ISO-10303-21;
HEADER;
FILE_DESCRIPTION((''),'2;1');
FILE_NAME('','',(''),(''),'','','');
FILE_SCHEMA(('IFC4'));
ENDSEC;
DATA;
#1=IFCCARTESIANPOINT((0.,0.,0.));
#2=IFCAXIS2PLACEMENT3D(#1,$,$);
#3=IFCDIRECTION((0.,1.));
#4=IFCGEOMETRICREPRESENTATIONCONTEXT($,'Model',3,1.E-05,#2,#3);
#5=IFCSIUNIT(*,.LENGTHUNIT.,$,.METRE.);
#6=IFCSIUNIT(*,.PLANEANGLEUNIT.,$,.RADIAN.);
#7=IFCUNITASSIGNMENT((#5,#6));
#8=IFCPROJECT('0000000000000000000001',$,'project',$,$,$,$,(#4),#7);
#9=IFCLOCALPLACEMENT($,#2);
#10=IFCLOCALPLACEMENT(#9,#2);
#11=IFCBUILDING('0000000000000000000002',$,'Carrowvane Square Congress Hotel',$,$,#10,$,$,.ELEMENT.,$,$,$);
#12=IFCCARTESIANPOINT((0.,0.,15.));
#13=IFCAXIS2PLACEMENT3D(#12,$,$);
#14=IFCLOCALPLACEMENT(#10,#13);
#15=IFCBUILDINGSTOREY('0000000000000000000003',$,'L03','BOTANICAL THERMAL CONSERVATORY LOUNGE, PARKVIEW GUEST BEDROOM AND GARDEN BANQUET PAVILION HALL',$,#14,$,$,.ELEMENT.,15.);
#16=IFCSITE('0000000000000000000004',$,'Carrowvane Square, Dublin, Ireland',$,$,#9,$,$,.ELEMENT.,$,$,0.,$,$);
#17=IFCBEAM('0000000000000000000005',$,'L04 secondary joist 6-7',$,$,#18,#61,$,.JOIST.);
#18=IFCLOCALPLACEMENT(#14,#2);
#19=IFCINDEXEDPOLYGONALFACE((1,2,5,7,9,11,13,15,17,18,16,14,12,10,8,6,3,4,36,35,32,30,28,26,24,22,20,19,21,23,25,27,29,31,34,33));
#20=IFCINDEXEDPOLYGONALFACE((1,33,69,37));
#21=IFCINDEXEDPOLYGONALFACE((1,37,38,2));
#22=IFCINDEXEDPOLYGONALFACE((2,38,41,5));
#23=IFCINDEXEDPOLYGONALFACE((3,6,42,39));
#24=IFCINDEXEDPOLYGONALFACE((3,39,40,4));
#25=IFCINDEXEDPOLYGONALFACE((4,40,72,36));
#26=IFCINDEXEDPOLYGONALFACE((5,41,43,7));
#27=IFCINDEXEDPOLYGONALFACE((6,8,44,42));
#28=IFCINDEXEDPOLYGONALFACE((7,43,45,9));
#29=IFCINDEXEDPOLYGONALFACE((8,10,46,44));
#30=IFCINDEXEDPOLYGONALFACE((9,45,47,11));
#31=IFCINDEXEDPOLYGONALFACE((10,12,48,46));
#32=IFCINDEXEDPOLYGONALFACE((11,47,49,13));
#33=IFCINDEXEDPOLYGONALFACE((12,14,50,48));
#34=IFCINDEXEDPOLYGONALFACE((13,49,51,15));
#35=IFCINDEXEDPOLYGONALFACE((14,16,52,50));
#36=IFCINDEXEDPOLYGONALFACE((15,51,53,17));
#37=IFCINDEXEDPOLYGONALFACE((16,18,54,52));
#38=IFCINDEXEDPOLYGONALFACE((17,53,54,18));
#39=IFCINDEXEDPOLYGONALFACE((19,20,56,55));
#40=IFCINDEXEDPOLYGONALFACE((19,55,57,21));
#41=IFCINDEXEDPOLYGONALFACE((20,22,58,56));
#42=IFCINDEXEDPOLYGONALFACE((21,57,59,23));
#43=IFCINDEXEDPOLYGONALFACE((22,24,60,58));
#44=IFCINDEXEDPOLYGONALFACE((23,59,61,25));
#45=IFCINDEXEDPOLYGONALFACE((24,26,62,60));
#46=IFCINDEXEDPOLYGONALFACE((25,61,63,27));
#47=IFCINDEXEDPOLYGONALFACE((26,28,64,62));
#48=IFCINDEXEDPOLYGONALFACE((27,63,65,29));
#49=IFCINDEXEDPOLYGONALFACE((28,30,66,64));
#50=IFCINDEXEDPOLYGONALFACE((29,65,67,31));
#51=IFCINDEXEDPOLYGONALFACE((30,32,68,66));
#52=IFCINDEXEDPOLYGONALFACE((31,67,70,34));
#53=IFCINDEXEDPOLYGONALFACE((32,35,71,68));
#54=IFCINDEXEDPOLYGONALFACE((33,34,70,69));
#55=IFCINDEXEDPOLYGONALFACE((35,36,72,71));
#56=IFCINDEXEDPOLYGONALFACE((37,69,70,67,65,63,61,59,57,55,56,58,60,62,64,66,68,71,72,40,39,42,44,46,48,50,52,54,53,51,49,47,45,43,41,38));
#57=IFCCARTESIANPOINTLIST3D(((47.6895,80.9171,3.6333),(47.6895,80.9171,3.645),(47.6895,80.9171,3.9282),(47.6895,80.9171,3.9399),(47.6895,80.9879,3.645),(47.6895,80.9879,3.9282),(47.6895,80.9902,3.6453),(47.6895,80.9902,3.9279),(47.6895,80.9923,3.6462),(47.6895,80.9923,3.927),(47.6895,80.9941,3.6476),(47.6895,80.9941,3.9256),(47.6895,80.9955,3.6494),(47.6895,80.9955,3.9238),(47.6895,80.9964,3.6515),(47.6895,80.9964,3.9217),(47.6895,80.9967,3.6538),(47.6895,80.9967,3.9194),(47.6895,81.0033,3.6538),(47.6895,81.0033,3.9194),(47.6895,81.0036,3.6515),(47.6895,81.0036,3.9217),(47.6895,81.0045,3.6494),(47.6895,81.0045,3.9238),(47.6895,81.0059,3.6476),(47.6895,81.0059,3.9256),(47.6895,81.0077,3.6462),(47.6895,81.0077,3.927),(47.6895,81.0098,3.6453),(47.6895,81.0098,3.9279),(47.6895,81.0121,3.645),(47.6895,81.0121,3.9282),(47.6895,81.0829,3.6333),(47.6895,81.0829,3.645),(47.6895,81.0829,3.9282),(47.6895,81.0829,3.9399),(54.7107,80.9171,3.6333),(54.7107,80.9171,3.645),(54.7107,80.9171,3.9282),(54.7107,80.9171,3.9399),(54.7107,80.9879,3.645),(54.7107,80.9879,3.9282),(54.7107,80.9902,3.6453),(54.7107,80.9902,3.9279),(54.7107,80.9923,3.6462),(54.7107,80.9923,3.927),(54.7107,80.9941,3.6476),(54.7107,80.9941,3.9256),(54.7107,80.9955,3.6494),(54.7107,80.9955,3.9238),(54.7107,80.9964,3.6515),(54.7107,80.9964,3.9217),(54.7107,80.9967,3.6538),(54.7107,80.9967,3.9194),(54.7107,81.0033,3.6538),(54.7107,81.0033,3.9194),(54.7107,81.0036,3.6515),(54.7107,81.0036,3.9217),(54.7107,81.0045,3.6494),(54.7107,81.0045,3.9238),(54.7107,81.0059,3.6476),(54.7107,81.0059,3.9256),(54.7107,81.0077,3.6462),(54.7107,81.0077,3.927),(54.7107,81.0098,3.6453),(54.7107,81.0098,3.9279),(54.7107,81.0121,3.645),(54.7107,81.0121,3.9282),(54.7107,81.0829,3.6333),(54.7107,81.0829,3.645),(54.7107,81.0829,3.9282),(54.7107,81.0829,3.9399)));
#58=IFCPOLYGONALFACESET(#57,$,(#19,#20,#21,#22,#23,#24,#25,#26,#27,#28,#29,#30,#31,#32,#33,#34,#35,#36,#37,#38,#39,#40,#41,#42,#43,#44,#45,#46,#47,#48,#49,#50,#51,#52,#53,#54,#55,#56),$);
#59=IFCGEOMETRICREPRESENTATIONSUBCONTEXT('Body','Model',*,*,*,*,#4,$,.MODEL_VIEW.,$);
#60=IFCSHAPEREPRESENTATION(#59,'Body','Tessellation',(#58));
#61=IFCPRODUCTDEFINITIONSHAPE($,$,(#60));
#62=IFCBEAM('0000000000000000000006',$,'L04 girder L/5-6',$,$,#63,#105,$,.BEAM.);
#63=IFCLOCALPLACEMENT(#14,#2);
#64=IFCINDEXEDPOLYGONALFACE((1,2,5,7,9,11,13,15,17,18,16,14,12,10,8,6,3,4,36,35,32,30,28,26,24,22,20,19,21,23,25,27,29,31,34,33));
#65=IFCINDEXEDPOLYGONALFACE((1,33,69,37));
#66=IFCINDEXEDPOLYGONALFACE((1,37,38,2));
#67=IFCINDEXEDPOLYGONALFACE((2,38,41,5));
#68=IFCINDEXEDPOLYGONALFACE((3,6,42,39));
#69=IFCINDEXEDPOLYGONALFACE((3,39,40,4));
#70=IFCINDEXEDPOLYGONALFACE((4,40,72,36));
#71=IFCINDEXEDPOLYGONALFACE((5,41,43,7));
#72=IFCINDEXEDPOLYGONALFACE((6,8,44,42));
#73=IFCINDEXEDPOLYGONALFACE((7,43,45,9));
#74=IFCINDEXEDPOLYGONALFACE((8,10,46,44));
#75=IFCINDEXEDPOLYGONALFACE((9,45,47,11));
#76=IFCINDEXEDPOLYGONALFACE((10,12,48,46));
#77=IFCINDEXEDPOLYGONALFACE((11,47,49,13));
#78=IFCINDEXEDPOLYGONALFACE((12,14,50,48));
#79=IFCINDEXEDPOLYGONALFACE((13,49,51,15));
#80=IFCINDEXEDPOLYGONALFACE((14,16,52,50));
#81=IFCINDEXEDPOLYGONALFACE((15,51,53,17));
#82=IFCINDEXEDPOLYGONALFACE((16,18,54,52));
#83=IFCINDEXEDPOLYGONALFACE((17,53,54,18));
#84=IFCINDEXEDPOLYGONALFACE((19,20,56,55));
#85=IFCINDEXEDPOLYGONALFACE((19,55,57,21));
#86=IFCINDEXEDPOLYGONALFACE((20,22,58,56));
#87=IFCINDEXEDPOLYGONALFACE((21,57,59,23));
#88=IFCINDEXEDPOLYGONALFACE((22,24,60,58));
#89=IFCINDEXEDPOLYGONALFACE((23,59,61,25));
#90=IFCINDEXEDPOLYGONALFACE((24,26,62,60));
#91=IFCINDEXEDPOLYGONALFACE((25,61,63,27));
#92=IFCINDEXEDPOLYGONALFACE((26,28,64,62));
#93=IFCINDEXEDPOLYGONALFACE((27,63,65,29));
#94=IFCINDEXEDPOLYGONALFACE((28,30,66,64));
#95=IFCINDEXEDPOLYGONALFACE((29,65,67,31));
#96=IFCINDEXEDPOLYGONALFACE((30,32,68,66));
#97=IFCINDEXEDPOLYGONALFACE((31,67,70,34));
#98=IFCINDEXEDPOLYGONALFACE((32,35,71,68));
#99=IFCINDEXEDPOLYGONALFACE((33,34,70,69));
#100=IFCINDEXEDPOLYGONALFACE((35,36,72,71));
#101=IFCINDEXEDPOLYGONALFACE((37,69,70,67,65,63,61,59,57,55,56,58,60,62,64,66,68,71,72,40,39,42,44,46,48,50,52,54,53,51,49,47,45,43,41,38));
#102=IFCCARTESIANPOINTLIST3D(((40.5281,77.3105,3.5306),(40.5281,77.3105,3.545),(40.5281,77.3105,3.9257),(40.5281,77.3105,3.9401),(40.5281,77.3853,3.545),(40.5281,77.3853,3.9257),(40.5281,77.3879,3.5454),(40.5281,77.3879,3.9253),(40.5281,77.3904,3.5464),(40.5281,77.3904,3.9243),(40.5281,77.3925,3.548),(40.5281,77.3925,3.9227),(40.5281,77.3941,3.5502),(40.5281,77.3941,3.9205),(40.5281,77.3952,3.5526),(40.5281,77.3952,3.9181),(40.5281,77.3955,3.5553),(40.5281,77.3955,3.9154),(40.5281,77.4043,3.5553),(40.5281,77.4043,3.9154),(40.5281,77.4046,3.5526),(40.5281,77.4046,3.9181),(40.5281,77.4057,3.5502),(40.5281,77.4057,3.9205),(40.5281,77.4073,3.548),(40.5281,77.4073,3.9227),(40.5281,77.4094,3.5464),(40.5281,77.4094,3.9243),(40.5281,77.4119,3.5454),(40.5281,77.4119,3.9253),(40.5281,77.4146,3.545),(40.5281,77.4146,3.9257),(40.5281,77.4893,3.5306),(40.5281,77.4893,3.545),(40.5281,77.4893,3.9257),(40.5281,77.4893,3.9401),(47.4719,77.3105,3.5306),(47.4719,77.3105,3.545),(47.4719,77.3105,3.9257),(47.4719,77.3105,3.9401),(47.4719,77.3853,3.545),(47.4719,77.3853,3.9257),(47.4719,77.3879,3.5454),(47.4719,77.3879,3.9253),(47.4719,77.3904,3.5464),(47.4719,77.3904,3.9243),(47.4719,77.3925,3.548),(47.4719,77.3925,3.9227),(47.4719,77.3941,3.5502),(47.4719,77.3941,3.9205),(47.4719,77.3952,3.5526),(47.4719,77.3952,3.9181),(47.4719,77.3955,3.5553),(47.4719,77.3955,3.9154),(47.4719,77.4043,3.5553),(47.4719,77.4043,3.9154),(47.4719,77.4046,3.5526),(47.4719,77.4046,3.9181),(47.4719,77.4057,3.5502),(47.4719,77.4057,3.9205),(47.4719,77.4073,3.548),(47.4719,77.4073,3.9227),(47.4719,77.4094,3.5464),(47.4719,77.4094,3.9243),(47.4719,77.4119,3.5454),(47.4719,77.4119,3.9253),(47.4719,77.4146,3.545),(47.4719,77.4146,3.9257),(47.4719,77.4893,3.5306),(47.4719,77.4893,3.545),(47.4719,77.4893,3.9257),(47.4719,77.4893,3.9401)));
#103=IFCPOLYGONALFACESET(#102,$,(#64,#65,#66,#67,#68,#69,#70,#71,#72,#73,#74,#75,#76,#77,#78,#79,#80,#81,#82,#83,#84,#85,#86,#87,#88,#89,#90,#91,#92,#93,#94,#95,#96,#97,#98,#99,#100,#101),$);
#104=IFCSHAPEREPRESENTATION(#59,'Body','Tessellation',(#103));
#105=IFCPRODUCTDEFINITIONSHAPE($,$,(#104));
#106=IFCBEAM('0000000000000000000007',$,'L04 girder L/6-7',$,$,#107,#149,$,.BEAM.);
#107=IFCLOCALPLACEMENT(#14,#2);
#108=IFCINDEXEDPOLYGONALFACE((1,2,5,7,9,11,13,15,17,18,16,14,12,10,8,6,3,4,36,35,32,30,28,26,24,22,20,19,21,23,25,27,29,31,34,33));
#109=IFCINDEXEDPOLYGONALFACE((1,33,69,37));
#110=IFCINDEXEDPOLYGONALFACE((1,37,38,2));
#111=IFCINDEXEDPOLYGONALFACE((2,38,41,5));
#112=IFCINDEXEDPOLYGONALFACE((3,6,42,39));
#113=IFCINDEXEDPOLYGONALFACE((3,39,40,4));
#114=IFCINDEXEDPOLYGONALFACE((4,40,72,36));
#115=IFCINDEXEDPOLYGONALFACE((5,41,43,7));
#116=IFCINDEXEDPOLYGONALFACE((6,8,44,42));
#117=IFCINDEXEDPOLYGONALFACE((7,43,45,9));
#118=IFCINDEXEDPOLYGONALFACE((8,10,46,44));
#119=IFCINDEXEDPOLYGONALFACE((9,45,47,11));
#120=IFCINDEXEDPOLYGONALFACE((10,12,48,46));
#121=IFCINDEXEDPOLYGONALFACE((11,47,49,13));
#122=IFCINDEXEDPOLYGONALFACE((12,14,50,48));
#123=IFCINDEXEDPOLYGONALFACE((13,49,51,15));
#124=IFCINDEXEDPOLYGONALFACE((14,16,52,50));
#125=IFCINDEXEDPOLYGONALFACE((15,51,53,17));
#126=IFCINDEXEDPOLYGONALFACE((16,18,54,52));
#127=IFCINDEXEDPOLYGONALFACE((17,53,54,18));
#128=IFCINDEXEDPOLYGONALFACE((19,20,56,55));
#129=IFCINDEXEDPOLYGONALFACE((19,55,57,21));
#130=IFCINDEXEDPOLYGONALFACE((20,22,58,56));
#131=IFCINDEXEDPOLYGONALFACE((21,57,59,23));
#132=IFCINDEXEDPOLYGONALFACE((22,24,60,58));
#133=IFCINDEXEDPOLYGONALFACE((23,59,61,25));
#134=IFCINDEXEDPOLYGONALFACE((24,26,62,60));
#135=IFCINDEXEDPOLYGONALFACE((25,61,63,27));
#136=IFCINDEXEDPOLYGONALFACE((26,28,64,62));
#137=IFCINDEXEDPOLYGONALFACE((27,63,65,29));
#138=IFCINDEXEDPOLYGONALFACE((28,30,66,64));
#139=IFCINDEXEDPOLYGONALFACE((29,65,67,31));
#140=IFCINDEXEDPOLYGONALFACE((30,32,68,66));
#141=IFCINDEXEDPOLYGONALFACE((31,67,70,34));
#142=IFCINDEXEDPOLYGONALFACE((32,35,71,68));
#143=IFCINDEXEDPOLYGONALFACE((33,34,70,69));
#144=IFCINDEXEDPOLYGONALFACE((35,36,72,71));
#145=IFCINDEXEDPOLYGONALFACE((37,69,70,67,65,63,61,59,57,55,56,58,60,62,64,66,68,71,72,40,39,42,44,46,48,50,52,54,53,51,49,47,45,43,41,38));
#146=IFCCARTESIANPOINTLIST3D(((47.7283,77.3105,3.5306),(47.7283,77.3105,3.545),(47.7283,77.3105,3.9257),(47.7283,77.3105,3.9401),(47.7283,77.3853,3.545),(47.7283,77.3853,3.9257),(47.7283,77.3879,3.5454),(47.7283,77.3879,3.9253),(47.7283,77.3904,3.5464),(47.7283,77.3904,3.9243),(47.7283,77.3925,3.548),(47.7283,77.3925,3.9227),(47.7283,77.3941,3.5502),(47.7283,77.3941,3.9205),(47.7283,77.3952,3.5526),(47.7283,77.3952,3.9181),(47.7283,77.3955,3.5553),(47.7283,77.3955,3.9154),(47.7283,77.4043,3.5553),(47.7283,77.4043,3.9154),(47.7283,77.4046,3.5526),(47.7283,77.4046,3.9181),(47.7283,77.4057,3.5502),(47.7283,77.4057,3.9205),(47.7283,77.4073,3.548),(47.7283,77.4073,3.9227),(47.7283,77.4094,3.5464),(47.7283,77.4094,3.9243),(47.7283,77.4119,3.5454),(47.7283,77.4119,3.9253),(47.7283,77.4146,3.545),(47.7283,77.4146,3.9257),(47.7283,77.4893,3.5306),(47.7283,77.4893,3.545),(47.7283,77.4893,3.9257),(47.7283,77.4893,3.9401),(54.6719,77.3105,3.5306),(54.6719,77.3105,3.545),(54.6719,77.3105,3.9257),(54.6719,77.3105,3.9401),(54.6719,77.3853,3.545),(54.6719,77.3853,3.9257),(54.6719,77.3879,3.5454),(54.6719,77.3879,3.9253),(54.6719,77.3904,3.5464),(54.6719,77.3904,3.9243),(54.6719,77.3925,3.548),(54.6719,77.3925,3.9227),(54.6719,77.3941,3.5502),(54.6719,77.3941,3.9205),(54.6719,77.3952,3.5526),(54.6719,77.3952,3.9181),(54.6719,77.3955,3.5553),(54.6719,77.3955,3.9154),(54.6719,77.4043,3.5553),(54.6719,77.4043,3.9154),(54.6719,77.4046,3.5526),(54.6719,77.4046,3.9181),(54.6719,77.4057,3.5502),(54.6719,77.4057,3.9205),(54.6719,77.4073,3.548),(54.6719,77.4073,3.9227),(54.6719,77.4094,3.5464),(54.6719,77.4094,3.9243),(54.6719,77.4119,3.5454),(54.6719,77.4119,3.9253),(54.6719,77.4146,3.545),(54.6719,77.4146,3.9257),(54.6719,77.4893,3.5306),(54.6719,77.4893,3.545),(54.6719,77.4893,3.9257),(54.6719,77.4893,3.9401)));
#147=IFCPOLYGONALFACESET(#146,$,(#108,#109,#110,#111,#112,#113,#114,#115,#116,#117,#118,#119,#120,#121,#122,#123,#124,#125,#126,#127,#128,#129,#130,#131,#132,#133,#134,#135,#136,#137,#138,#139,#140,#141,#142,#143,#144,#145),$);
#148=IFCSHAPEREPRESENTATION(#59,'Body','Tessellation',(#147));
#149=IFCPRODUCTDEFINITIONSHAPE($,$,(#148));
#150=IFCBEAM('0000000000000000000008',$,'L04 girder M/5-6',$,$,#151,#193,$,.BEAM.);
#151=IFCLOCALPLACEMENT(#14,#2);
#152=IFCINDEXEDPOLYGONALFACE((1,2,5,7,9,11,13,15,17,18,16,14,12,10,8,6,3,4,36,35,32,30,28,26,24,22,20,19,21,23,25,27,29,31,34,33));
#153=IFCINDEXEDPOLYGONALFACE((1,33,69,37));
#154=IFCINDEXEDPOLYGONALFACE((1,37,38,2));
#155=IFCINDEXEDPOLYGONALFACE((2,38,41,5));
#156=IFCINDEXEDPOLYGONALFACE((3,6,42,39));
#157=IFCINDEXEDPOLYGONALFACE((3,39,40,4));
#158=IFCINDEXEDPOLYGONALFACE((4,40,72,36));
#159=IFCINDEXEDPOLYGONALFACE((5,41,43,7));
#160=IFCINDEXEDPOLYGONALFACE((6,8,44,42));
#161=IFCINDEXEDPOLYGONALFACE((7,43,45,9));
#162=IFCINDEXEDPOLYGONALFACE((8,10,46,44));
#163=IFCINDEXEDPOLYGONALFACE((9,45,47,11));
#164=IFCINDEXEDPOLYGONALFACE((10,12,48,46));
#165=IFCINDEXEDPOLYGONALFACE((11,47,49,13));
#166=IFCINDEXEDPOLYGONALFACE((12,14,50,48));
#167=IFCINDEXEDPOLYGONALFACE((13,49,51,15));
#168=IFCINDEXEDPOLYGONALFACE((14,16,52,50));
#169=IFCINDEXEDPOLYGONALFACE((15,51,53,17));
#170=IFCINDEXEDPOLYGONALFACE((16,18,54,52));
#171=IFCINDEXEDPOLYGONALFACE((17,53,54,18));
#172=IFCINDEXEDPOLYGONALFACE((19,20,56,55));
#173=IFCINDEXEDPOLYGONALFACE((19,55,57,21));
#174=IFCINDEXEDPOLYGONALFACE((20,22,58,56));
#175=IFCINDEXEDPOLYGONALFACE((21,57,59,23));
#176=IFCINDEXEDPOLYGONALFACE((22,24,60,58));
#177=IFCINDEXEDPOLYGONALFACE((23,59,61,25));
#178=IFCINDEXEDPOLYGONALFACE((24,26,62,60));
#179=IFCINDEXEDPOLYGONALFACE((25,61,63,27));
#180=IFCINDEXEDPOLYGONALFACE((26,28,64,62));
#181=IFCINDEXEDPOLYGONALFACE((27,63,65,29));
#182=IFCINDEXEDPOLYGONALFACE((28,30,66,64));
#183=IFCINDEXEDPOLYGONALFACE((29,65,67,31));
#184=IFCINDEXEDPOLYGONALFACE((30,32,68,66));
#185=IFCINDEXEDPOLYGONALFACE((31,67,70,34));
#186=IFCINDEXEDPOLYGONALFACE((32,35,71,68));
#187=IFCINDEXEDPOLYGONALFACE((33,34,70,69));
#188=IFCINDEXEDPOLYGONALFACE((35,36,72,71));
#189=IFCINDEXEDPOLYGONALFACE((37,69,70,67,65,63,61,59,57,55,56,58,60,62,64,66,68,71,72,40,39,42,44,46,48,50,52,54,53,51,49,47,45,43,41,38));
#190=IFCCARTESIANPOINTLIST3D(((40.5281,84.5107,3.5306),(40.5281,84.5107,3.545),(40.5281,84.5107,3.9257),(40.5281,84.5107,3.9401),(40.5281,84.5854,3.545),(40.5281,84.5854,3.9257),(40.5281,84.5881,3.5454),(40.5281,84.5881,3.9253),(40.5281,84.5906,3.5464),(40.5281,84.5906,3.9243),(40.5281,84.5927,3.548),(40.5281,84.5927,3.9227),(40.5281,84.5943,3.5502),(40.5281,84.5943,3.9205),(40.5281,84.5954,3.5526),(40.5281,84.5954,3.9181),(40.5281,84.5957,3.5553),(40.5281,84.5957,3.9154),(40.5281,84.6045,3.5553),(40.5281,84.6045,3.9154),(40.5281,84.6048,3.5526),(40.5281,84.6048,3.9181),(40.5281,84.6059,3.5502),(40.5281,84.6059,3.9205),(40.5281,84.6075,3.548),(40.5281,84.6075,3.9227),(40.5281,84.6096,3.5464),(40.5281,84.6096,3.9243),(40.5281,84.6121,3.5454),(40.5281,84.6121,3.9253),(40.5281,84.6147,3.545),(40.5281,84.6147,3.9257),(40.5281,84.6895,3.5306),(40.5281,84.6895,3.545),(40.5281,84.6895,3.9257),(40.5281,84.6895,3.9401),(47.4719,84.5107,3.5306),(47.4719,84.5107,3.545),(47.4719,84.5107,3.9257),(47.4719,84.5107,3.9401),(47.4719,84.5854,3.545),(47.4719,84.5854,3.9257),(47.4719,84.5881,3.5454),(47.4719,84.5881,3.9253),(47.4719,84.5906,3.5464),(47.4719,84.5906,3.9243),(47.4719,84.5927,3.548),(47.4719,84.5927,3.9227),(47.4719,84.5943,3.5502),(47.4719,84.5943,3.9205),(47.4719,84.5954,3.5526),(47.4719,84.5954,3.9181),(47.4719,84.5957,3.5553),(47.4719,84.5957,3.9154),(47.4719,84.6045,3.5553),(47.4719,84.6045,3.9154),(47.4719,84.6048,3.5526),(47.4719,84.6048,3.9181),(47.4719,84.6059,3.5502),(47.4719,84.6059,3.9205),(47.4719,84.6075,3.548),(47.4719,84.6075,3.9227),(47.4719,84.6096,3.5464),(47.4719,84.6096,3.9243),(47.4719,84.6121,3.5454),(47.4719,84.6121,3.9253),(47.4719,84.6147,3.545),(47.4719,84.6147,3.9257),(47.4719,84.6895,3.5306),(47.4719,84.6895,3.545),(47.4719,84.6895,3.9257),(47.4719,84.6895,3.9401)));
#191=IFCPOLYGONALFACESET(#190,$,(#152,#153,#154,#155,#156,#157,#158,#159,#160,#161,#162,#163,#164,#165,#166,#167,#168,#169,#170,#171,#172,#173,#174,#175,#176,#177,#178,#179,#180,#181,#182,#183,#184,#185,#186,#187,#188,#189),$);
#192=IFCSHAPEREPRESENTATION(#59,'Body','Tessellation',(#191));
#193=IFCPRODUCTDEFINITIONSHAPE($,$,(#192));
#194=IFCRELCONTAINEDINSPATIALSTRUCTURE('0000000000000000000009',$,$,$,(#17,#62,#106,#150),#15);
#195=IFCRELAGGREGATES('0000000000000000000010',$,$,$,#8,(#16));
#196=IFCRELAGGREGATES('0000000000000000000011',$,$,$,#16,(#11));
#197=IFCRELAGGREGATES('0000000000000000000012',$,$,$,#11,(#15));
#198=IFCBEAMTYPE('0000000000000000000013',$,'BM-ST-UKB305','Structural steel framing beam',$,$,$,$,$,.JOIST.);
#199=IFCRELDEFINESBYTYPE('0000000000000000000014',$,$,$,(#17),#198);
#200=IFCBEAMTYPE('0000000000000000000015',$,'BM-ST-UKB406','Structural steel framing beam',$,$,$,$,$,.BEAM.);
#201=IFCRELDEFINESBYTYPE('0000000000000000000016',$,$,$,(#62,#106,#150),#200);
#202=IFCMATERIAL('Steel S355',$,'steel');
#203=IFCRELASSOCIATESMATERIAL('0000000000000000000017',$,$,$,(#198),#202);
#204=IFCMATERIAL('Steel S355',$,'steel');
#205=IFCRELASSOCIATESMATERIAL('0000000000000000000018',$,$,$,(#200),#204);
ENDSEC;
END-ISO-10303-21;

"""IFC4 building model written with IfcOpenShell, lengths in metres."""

from ifc_helpers import new_model, si_unit, direction, frame, origin, origin_2d, place, context, subcontext, project, spatial, i_section, extrude, material, material_profile, profile_set, type_object, element, save


model = new_model("IFC4")

# Units and contexts
model_context = context("Model", 3, precision=1e-05, world=origin(), true_north=direction((0.0, 1.0)))
body_context = subcontext(model_context, "Body", "Model", "MODEL_VIEW")
ifc_project = project(units=[si_unit("LENGTHUNIT", "METRE"), si_unit("PLANEANGLEUNIT", "RADIAN")], contexts=[model_context])

# Site, building, storey
site_placement = place(None, origin())
site = spatial("IfcSite", under=ifc_project, at=site_placement, Name="Carrowvane Square, Dublin, Ireland", CompositionType="ELEMENT", RefElevation=0.0)
building_placement = place(site_placement, origin())
building = spatial("IfcBuilding", under=site, at=building_placement, Name="Carrowvane Square Congress Hotel", CompositionType="ELEMENT")
storey_placement = place(building_placement, frame((0.0, 0.0, 15.0)))
storey = spatial("IfcBuildingStorey", under=building, at=storey_placement, Name="L03", Description="BOTANICAL THERMAL CONSERVATORY LOUNGE, PARKVIEW GUEST BEDROOM AND GARDEN BANQUET PAVILION HALL", CompositionType="ELEMENT", Elevation=15.0)

# Beams
ifc_material_1 = material(Name="Steel S355", Category="steel")
ifc_material_profile_1 = material_profile(ifc_material_1, i_section(OverallWidth=0.1658, OverallDepth=0.3066, WebThickness=0.0066, FlangeThickness=0.0117, FilletRadius=0.0088, at=origin_2d()), Name="UKB 305x165x46")
ifc_profile_set_1 = profile_set([ifc_material_profile_1], Name="Steel S355")
beam_type_1 = type_object("IfcBeamType", Name="BM-ST-UKB305", Description="Structural steel framing beam", PredefinedType="JOIST", material=ifc_profile_set_1)
beam_1_placement = place(storey_placement, frame((47.6895, 81.0, 3.7866), z_axis=(1.0, 0.0, 0.0), x_axis=(0.0, 1.0, 0.0)))
element("IfcBeam", 1, at=beam_1_placement, inside=storey, type_object=beam_type_1, Name="L04 secondary joist 6-7", PredefinedType="JOIST", context=body_context, shape_type="SweptSolid", body=[
    extrude(i_section(OverallWidth=0.1658, OverallDepth=0.3066, WebThickness=0.0066, FlangeThickness=0.0117, FilletRadius=0.0088, at=origin_2d()), origin(), (0.0, 0.0, 1.0), 7.0212),
])
ifc_material_2 = material(Name="Steel S355", Category="steel")
ifc_material_profile_2 = material_profile(ifc_material_2, i_section(OverallWidth=0.1787, OverallDepth=0.4094, WebThickness=0.0088, FlangeThickness=0.0144, FilletRadius=0.0103, at=origin_2d()), Name="UKB 406x178x67")
ifc_profile_set_2 = profile_set([ifc_material_profile_2], Name="Steel S355")
beam_type_2 = type_object("IfcBeamType", Name="BM-ST-UKB406", Description="Structural steel framing beam", PredefinedType="BEAM", material=ifc_profile_set_2)
beam_2_placement = place(storey_placement, frame((40.5281, 77.3999, 3.7354), z_axis=(1.0, 0.0, 0.0), x_axis=(0.0, 1.0, 0.0)))
element("IfcBeam", 2, at=beam_2_placement, inside=storey, type_object=beam_type_2, Name="L04 girder L/5-6", PredefinedType="BEAM", context=body_context, shape_type="SweptSolid", body=[
    extrude(i_section(OverallWidth=0.1787, OverallDepth=0.4094, WebThickness=0.0088, FlangeThickness=0.0144, FilletRadius=0.0103, at=origin_2d()), origin(), (0.0, 0.0, 1.0), 6.9438),
])
beam_3_placement = place(storey_placement, frame((47.7283, 77.3999, 3.7354), z_axis=(1.0, 0.0, 0.0), x_axis=(0.0, 1.0, 0.0)))
element("IfcBeam", 3, at=beam_3_placement, inside=storey, type_object=beam_type_2, Name="L04 girder L/6-7", PredefinedType="BEAM", context=body_context, shape_type="SweptSolid", body=[
    extrude(i_section(OverallWidth=0.1787, OverallDepth=0.4094, WebThickness=0.0088, FlangeThickness=0.0144, FilletRadius=0.0103, at=origin_2d()), origin(), (0.0, 0.0, 1.0), 6.9436),
])
beam_4_placement = place(storey_placement, frame((40.5281, 84.6001, 3.7354), z_axis=(1.0, 0.0, 0.0), x_axis=(0.0, 1.0, 0.0)))
element("IfcBeam", 4, at=beam_4_placement, inside=storey, type_object=beam_type_2, Name="L04 girder M/5-6", PredefinedType="BEAM", context=body_context, shape_type="SweptSolid", body=[
    extrude(i_section(OverallWidth=0.1787, OverallDepth=0.4094, WebThickness=0.0088, FlangeThickness=0.0144, FilletRadius=0.0103, at=origin_2d()), origin(), (0.0, 0.0, 1.0), 6.9438),
])

save(model, "model.ifc")
